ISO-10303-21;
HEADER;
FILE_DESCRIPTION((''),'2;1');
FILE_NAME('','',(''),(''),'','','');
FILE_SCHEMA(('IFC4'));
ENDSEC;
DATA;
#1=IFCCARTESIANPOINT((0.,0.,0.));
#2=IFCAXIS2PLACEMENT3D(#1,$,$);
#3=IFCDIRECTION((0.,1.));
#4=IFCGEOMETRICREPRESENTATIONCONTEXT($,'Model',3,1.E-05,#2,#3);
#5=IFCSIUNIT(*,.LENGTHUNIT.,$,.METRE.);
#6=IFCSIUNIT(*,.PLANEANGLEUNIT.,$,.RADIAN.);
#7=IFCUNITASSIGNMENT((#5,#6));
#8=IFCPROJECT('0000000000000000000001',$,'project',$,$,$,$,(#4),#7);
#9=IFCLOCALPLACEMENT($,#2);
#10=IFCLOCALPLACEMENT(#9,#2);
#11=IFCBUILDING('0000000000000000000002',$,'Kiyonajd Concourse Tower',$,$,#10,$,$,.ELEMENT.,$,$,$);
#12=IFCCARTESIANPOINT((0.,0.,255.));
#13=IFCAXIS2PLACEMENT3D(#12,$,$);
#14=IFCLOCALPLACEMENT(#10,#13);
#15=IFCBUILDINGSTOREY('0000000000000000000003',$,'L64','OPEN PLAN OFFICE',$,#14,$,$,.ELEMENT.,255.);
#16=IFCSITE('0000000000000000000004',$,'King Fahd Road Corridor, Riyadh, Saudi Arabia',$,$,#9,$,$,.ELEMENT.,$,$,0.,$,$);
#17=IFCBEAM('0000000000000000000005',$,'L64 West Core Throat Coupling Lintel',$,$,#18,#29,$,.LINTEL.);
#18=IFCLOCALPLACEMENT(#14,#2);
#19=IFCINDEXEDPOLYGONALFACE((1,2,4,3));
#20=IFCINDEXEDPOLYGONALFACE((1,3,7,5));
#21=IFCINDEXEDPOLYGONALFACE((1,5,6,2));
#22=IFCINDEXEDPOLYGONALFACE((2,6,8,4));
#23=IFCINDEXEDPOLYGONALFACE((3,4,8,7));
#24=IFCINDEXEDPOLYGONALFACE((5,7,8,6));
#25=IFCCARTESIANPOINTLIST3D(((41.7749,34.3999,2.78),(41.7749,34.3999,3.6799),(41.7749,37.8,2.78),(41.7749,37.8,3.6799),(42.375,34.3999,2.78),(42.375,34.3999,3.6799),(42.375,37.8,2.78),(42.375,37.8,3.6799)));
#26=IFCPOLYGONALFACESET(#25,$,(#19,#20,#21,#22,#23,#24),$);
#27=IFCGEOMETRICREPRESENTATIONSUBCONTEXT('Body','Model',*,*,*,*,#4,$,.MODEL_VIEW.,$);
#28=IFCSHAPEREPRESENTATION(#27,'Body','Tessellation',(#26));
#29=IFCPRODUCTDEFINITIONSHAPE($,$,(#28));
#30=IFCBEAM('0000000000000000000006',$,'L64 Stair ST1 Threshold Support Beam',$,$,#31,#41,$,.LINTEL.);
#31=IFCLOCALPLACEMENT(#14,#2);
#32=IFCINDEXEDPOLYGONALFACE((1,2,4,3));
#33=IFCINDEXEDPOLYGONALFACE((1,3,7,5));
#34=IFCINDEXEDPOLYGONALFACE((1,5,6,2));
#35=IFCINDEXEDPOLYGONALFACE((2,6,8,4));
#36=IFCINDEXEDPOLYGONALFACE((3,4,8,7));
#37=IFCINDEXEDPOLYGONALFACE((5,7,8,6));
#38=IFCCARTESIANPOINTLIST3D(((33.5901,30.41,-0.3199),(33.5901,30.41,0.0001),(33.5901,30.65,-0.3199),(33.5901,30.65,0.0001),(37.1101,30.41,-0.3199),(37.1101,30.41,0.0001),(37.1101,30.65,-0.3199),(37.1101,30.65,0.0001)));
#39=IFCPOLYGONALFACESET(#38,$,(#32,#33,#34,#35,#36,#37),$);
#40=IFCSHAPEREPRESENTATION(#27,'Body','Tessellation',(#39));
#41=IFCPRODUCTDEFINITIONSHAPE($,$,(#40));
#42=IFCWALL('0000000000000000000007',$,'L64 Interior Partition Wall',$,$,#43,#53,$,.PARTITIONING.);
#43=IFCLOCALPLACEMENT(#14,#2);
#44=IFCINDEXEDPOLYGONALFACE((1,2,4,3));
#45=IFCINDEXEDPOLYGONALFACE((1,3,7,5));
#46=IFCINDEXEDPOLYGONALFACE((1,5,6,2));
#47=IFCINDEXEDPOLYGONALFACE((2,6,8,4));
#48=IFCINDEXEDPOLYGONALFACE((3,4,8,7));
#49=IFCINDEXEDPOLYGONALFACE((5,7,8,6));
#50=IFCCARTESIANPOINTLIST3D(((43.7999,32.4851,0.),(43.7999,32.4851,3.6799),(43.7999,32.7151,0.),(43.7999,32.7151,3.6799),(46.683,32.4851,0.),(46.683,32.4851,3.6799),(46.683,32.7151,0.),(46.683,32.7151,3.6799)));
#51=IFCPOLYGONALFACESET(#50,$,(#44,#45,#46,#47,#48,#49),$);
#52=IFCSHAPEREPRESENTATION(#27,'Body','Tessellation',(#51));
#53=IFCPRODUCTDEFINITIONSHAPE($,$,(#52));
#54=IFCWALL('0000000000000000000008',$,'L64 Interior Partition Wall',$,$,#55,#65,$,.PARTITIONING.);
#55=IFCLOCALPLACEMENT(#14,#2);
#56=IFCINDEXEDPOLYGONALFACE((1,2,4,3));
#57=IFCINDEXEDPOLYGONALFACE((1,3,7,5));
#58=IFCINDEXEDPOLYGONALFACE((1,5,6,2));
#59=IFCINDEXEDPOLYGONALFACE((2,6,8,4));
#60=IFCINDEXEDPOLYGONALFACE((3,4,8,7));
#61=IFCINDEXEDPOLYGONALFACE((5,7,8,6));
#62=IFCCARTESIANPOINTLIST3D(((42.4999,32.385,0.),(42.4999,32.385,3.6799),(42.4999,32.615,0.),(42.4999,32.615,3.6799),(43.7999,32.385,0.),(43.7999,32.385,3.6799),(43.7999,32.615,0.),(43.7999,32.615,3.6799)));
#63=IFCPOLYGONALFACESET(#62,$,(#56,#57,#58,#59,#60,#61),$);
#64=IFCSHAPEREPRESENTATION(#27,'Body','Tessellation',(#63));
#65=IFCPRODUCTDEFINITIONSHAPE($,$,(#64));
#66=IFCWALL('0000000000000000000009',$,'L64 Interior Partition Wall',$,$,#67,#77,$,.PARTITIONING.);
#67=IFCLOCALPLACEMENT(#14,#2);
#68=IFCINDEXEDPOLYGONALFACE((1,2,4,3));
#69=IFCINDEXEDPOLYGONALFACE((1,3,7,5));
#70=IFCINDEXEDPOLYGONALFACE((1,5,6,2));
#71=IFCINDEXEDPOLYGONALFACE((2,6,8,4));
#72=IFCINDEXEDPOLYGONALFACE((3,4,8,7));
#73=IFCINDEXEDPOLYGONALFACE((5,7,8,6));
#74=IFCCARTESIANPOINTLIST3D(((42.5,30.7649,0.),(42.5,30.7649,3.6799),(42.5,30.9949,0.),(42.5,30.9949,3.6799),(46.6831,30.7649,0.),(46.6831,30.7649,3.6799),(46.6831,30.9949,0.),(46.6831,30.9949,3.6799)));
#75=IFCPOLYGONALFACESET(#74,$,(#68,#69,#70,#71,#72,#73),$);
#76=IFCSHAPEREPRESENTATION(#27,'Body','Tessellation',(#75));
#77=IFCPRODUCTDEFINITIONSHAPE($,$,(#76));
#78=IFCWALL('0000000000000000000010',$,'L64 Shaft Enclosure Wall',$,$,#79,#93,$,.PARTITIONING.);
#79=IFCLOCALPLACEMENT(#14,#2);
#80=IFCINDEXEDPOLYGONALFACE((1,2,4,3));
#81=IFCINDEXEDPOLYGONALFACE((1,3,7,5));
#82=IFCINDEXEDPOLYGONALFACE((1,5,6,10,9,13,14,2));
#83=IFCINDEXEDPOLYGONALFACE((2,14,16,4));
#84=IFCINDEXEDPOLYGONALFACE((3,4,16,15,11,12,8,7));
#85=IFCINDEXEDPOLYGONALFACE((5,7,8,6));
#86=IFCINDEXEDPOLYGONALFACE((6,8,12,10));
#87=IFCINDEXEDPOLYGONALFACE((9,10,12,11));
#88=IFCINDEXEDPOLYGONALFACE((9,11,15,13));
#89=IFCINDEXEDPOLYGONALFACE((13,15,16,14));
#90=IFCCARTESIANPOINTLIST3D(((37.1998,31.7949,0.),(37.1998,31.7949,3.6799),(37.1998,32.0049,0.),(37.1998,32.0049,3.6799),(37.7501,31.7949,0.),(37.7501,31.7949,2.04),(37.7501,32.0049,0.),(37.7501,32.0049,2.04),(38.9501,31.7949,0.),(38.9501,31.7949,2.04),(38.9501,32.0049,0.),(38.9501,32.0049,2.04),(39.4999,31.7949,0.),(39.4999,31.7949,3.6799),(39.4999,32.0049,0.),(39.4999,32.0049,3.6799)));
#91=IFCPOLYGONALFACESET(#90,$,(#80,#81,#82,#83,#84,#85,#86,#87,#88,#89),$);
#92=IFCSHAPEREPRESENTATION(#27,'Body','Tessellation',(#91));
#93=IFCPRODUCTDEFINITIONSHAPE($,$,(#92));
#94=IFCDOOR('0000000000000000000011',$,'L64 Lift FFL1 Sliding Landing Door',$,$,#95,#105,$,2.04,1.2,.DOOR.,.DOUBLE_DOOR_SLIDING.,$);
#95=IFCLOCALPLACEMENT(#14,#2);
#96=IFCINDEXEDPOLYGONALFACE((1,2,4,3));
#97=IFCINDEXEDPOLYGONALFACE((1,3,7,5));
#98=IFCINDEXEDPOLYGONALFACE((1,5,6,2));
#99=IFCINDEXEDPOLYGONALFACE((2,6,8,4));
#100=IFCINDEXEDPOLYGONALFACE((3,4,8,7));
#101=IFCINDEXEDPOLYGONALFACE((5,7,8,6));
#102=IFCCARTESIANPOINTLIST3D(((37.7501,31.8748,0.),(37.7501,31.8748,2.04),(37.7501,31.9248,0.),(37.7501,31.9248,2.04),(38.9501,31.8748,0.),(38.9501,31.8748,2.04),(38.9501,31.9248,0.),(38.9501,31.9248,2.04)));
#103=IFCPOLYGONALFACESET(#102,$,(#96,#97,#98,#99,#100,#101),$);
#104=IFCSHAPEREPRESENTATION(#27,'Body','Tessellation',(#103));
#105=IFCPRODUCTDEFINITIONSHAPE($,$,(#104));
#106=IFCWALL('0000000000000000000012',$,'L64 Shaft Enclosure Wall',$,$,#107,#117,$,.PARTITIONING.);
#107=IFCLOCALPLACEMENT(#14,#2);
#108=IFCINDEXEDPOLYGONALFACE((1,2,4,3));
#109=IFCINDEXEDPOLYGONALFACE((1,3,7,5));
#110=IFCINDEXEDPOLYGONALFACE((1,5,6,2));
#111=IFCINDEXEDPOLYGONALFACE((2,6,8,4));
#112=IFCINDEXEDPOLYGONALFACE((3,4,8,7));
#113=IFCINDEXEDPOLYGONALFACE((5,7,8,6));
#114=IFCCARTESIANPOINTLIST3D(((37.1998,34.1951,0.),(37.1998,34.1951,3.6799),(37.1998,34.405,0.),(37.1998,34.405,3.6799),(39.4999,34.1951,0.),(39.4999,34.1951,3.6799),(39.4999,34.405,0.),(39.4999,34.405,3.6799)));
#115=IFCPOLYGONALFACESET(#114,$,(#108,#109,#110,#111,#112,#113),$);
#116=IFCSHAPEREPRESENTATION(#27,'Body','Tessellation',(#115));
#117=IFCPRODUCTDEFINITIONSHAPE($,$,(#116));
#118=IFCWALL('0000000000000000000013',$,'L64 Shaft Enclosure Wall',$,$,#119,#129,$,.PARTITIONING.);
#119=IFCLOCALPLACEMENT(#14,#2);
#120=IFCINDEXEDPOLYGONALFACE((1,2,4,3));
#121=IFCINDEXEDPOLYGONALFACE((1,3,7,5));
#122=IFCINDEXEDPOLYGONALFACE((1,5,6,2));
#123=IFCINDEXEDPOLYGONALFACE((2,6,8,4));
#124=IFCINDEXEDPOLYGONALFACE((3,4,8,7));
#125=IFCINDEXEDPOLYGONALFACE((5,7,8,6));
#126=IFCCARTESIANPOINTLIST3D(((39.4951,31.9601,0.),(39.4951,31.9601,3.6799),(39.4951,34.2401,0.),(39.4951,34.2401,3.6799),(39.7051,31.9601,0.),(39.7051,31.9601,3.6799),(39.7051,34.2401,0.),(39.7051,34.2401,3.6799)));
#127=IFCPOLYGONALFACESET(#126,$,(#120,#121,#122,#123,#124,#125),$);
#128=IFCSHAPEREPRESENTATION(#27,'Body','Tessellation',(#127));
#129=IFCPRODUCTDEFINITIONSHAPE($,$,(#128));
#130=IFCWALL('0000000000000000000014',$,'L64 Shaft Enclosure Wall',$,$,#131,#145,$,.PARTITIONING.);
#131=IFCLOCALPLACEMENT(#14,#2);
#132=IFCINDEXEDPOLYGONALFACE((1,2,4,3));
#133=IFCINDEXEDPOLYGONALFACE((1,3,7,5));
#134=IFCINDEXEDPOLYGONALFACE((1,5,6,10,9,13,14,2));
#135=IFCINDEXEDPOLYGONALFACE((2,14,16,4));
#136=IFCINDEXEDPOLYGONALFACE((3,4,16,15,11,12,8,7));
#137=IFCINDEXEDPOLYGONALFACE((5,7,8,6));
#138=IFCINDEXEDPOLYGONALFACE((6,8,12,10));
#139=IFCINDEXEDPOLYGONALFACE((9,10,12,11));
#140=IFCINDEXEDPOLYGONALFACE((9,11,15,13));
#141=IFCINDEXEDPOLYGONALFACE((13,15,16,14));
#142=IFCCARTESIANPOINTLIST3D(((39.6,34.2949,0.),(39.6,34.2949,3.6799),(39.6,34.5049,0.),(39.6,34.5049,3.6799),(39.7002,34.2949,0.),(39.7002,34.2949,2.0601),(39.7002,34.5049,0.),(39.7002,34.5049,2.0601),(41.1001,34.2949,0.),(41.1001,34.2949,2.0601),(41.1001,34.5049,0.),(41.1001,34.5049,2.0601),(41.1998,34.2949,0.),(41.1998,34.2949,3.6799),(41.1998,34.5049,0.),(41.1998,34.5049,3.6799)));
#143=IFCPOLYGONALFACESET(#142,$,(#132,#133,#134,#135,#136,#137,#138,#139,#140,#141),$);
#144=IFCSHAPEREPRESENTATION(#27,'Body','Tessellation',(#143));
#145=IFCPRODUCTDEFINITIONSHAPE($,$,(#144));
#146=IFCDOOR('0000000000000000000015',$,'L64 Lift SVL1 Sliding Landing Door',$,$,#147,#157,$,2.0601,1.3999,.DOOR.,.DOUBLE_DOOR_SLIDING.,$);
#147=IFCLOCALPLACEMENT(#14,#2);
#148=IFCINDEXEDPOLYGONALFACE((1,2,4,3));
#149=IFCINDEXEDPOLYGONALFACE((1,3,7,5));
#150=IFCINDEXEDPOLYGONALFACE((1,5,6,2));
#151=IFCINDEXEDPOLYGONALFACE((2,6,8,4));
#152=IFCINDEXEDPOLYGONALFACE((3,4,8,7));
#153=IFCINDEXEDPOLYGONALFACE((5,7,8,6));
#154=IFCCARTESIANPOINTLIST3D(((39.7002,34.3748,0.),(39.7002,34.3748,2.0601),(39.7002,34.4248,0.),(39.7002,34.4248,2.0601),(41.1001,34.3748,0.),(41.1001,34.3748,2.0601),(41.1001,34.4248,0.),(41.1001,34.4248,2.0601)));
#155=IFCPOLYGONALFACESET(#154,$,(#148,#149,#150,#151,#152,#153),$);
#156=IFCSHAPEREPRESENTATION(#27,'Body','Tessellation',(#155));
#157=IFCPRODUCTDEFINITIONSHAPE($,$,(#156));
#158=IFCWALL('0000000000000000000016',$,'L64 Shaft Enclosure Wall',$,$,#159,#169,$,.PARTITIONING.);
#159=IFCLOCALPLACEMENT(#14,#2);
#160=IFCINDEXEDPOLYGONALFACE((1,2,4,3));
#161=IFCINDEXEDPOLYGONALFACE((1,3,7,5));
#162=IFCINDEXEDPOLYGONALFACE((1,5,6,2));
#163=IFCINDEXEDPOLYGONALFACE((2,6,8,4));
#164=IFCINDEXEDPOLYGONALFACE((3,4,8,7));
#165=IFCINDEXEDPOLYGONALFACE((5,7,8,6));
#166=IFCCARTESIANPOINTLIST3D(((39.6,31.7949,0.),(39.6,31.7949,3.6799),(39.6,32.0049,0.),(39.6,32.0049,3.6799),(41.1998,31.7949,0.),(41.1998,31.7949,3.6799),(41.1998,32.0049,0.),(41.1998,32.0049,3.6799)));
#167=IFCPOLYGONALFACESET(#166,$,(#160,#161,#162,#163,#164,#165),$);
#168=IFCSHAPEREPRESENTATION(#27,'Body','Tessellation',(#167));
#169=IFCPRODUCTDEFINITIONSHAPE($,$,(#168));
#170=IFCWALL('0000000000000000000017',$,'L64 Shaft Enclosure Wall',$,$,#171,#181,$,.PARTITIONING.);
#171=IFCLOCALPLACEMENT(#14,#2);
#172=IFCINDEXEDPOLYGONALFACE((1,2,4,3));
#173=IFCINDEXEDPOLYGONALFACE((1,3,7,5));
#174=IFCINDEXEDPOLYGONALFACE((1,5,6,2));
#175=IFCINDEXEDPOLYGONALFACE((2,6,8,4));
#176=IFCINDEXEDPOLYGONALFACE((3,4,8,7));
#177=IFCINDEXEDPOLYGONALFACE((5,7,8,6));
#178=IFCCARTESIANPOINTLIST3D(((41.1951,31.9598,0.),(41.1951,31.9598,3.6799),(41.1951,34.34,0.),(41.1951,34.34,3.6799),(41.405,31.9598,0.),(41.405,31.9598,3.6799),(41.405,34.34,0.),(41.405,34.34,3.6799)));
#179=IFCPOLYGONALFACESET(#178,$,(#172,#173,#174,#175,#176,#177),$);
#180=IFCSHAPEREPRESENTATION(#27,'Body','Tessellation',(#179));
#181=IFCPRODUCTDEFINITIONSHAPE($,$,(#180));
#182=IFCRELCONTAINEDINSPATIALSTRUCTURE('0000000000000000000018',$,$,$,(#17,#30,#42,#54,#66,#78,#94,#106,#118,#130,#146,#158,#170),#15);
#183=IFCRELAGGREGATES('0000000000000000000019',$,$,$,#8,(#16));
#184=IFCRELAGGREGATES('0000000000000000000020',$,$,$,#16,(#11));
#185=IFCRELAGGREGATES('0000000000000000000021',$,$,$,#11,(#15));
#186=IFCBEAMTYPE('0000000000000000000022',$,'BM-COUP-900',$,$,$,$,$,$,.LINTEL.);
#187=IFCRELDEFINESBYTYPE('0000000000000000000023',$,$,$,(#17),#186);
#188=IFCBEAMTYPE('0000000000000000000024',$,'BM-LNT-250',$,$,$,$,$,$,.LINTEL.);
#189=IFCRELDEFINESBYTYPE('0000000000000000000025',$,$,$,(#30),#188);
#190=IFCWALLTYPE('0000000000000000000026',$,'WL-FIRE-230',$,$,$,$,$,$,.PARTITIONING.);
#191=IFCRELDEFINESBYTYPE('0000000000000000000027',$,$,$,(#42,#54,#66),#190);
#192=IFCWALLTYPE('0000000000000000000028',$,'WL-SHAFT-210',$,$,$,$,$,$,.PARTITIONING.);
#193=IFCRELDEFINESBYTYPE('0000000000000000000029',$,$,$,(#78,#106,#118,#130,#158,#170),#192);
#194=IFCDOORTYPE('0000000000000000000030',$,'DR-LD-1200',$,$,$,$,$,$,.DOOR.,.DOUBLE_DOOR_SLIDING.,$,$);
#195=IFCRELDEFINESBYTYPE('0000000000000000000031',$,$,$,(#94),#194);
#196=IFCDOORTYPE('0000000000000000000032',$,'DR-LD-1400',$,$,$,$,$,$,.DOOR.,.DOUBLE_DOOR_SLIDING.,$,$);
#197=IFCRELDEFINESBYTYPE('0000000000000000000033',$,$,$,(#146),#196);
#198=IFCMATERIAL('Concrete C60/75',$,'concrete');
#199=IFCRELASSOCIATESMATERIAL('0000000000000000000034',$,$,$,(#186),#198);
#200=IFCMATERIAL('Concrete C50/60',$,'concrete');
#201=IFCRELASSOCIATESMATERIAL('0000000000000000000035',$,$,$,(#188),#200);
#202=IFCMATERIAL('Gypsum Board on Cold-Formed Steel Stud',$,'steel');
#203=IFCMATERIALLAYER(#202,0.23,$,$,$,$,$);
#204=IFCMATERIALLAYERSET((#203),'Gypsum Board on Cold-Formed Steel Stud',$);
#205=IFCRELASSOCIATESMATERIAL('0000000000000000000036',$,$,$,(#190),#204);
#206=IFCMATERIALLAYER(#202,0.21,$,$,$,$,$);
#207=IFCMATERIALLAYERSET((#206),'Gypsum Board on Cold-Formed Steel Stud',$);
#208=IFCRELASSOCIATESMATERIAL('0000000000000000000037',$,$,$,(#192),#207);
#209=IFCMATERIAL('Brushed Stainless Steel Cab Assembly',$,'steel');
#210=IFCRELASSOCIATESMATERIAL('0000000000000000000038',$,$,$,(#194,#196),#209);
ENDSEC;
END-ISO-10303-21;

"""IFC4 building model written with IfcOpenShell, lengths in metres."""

from ifc_helpers import new_model, si_unit, direction, frame, frame_2d, origin, origin_2d, place, context, subcontext, project, spatial, rectangle, extrude, material, layer, layer_set, material_profile, profile_set, type_object, element, fill, save


model = new_model("IFC4")

# Units and contexts
model_context = context("Model", 3, precision=1e-05, world=origin(), true_north=direction((0.0, 1.0)))
body_context = subcontext(model_context, "Body", "Model", "MODEL_VIEW")
ifc_project = project(units=[si_unit("LENGTHUNIT", "METRE"), si_unit("PLANEANGLEUNIT", "RADIAN")], contexts=[model_context])

# Site, building, storey
site_placement = place(None, origin())
site = spatial("IfcSite", under=ifc_project, at=site_placement, Name="King Fahd Road Corridor, Riyadh, Saudi Arabia", CompositionType="ELEMENT", RefElevation=0.0)
building_placement = place(site_placement, origin())
building = spatial("IfcBuilding", under=site, at=building_placement, Name="Kiyonajd Concourse Tower", CompositionType="ELEMENT")
storey_placement = place(building_placement, frame((0.0, 0.0, 255.0)))
storey = spatial("IfcBuildingStorey", under=building, at=storey_placement, Name="L64", Description="OPEN PLAN OFFICE", CompositionType="ELEMENT", Elevation=255.0)

# Beams
ifc_material_1 = material(Name="Concrete C60/75", Category="concrete")
ifc_material_profile_1 = material_profile(ifc_material_1, rectangle(XDim=0.6001, YDim=0.8999, at=origin_2d()), Name="RCBM-600x900")
ifc_profile_set_1 = profile_set([ifc_material_profile_1], Name="Concrete C60/75")
beam_type_1 = type_object("IfcBeamType", Name="BM-COUP-900", PredefinedType="LINTEL", material=ifc_profile_set_1)
beam_1_placement = place(storey_placement, frame((42.075, 34.3999, 3.23), z_axis=(0.0, 1.0, 0.0), x_axis=(-1.0, 0.0, 0.0)))
element("IfcBeam", 1, at=beam_1_placement, inside=storey, type_object=beam_type_1, Name="L64 West Core Throat Coupling Lintel", PredefinedType="LINTEL", context=body_context, shape_type="SweptSolid", body=[
    extrude(rectangle(XDim=0.6001, YDim=0.8999, at=origin_2d()), origin(), (0.0, 0.0, 1.0), 3.4001),
])
ifc_material_2 = material(Name="Concrete C50/60", Category="concrete")
ifc_material_profile_2 = material_profile(ifc_material_2, rectangle(XDim=0.24, YDim=0.3201, at=origin_2d()), Name="RCBM-240x320")
ifc_profile_set_2 = profile_set([ifc_material_profile_2], Name="Concrete C50/60")
beam_type_2 = type_object("IfcBeamType", Name="BM-LNT-250", PredefinedType="LINTEL", material=ifc_profile_set_2)
beam_2_placement = place(storey_placement, frame((33.5901, 30.53, -0.1599), z_axis=(1.0, 0.0, 0.0), x_axis=(0.0, 1.0, 0.0)))
element("IfcBeam", 2, at=beam_2_placement, inside=storey, type_object=beam_type_2, Name="L64 Stair ST1 Threshold Support Beam", PredefinedType="LINTEL", context=body_context, shape_type="SweptSolid", body=[
    extrude(rectangle(XDim=0.24, YDim=0.3201, at=origin_2d()), origin(), (0.0, 0.0, 1.0), 3.52),
])

# Walls
ifc_material_3 = material(Name="Gypsum Board on Cold-Formed Steel Stud", Category="steel")
ifc_layer_1 = layer(ifc_material_3, 0.23)
ifc_layer_set_1 = layer_set([ifc_layer_1], Name="Gypsum Board on Cold-Formed Steel Stud")
wall_type_1 = type_object("IfcWallType", Name="WL-FIRE-230", PredefinedType="PARTITIONING", material=ifc_layer_set_1)
wall_1_placement = place(storey_placement, frame((43.8, 32.6001, 0.0), z_axis=(0.0, 0.0, 1.0), x_axis=(1.0, 0.0, 0.0)))
element("IfcWall", 3, at=wall_1_placement, inside=storey, type_object=wall_type_1, Name="L64 Interior Partition Wall", PredefinedType="PARTITIONING", context=body_context, shape_type="SweptSolid", body=[
    extrude(rectangle(XDim=2.8831, YDim=0.23, at=frame_2d((1.4414, 0.0))), origin(), (0.0, 0.0, 1.0), 3.6799),
])
wall_2_placement = place(storey_placement, frame((42.5, 32.5, 0.0), z_axis=(0.0, 0.0, 1.0), x_axis=(1.0, 0.0, 0.0)))
element("IfcWall", 4, at=wall_2_placement, inside=storey, type_object=wall_type_1, Name="L64 Interior Partition Wall", PredefinedType="PARTITIONING", context=body_context, shape_type="SweptSolid", body=[
    extrude(rectangle(XDim=1.3, YDim=0.23, at=frame_2d((0.6499, 0.0))), origin(), (0.0, 0.0, 1.0), 3.6799),
])
wall_3_placement = place(storey_placement, frame((42.5, 30.8799, 0.0), z_axis=(0.0, 0.0, 1.0), x_axis=(1.0, 0.0, 0.0)))
element("IfcWall", 5, at=wall_3_placement, inside=storey, type_object=wall_type_1, Name="L64 Interior Partition Wall", PredefinedType="PARTITIONING", context=body_context, shape_type="SweptSolid", body=[
    extrude(rectangle(XDim=4.1831, YDim=0.23, at=frame_2d((2.0916, 0.0))), origin(), (0.0, 0.0, 1.0), 3.6799),
])

# Wall, opening, door
ifc_layer_2 = layer(ifc_material_3, 0.21)
ifc_layer_set_2 = layer_set([ifc_layer_2], Name="Gypsum Board on Cold-Formed Steel Stud")
wall_type_2 = type_object("IfcWallType", Name="WL-SHAFT-210", PredefinedType="PARTITIONING", material=ifc_layer_set_2)
wall_4_placement = place(storey_placement, frame((37.2, 31.8999, 0.0), z_axis=(0.0, 0.0, 1.0), x_axis=(1.0, 0.0, 0.0)))
wall_4 = element("IfcWall", 6, at=wall_4_placement, inside=storey, type_object=wall_type_2, Name="L64 Shaft Enclosure Wall", PredefinedType="PARTITIONING", context=body_context, shape_type="SweptSolid", body=[
    extrude(rectangle(XDim=2.3, YDim=0.21, at=frame_2d((1.1499, 0.0))), origin(), (0.0, 0.0, 1.0), 3.6799),
])
opening_1_placement = place(wall_4_placement, frame((0.55, 0.0, 0.0)))
opening_1 = element("IfcOpeningElement", 7, at=opening_1_placement, cuts=wall_4, PredefinedType="OPENING", context=body_context, shape_type="SweptSolid", body=[
    extrude(rectangle(XDim=1.2, YDim=2.04, at=frame_2d((0.6001, 1.02))), frame((0.0, 0.115, 0.0), z_axis=(0.0, -1.0, 0.0), x_axis=(1.0, 0.0, 0.0)), (0.0, 0.0, 1.0), 0.23),
])
ifc_material_4 = material(Name="Brushed Stainless Steel Cab Assembly", Category="steel")
door_type_1 = type_object("IfcDoorType", Name="DR-LD-1200", OperationType="DOUBLE_DOOR_SLIDING", PredefinedType="DOOR", material=ifc_material_4)
door_1_placement = place(opening_1_placement, origin())
door_1 = element("IfcDoor", 8, at=door_1_placement, inside=storey, type_object=door_type_1, Name="L64 Lift FFL1 Sliding Landing Door", OperationType="DOUBLE_DOOR_SLIDING", OverallHeight=2.04, OverallWidth=1.2, PredefinedType="DOOR", context=body_context, shape_type="SweptSolid", body=[
    extrude(rectangle(XDim=1.2, YDim=2.04, at=frame_2d((0.6001, 1.02))), frame((0.0, 0.0249, 0.0), z_axis=(0.0, -1.0, 0.0), x_axis=(1.0, 0.0, 0.0)), (0.0, 0.0, 1.0), 0.05),
])
fill(opening_1, door_1)

# Walls
wall_5_placement = place(storey_placement, frame((37.2, 34.3, 0.0), z_axis=(0.0, 0.0, 1.0), x_axis=(1.0, 0.0, 0.0)))
element("IfcWall", 9, at=wall_5_placement, inside=storey, type_object=wall_type_2, Name="L64 Shaft Enclosure Wall", PredefinedType="PARTITIONING", context=body_context, shape_type="SweptSolid", body=[
    extrude(rectangle(XDim=2.3, YDim=0.21, at=frame_2d((1.1499, 0.0))), origin(), (0.0, 0.0, 1.0), 3.6799),
])
wall_6_placement = place(storey_placement, frame((39.6001, 31.96, 0.0), z_axis=(0.0, 0.0, 1.0), x_axis=(0.0, 1.0, 0.0)))
element("IfcWall", 10, at=wall_6_placement, inside=storey, type_object=wall_type_2, Name="L64 Shaft Enclosure Wall", PredefinedType="PARTITIONING", context=body_context, shape_type="SweptSolid", body=[
    extrude(rectangle(XDim=2.28, YDim=0.21, at=frame_2d((1.1401, 0.0))), origin(), (0.0, 0.0, 1.0), 3.6799),
])

# Wall, opening, door
wall_7_placement = place(storey_placement, frame((39.6001, 34.3999, 0.0), z_axis=(0.0, 0.0, 1.0), x_axis=(1.0, 0.0, 0.0)))
wall_7 = element("IfcWall", 11, at=wall_7_placement, inside=storey, type_object=wall_type_2, Name="L64 Shaft Enclosure Wall", PredefinedType="PARTITIONING", context=body_context, shape_type="SweptSolid", body=[
    extrude(rectangle(XDim=1.5999, YDim=0.21, at=frame_2d((0.7998, 0.0))), origin(), (0.0, 0.0, 1.0), 3.6799),
])
opening_2_placement = place(wall_7_placement, frame((0.1001, 0.0, 0.0)))
opening_2 = element("IfcOpeningElement", 12, at=opening_2_placement, cuts=wall_7, PredefinedType="OPENING", context=body_context, shape_type="SweptSolid", body=[
    extrude(rectangle(XDim=1.3999, YDim=2.0601, at=frame_2d((0.7, 1.03))), frame((0.0, 0.115, 0.0), z_axis=(0.0, -1.0, 0.0), x_axis=(1.0, 0.0, 0.0)), (0.0, 0.0, 1.0), 0.23),
])
door_type_2 = type_object("IfcDoorType", Name="DR-LD-1400", OperationType="DOUBLE_DOOR_SLIDING", PredefinedType="DOOR", material=ifc_material_4)
door_2_placement = place(opening_2_placement, origin())
door_2 = element("IfcDoor", 13, at=door_2_placement, inside=storey, type_object=door_type_2, Name="L64 Lift SVL1 Sliding Landing Door", OperationType="DOUBLE_DOOR_SLIDING", OverallHeight=2.0601, OverallWidth=1.3999, PredefinedType="DOOR", context=body_context, shape_type="SweptSolid", body=[
    extrude(rectangle(XDim=1.3999, YDim=2.0601, at=frame_2d((0.7, 1.03))), frame((0.0, 0.0249, 0.0), z_axis=(0.0, -1.0, 0.0), x_axis=(1.0, 0.0, 0.0)), (0.0, 0.0, 1.0), 0.05),
])
fill(opening_2, door_2)

# Walls
wall_8_placement = place(storey_placement, frame((39.6001, 31.8999, 0.0), z_axis=(0.0, 0.0, 1.0), x_axis=(1.0, 0.0, 0.0)))
element("IfcWall", 14, at=wall_8_placement, inside=storey, type_object=wall_type_2, Name="L64 Shaft Enclosure Wall", PredefinedType="PARTITIONING", context=body_context, shape_type="SweptSolid", body=[
    extrude(rectangle(XDim=1.5999, YDim=0.21, at=frame_2d((0.7998, 0.0))), origin(), (0.0, 0.0, 1.0), 3.6799),
])
wall_9_placement = place(storey_placement, frame((41.3, 31.96, 0.0), z_axis=(0.0, 0.0, 1.0), x_axis=(0.0, 1.0, 0.0)))
element("IfcWall", 15, at=wall_9_placement, inside=storey, type_object=wall_type_2, Name="L64 Shaft Enclosure Wall", PredefinedType="PARTITIONING", context=body_context, shape_type="SweptSolid", body=[
    extrude(rectangle(XDim=2.3801, YDim=0.21, at=frame_2d((1.1899, 0.0))), origin(), (0.0, 0.0, 1.0), 3.6799),
])

save(model, "model.ifc")
